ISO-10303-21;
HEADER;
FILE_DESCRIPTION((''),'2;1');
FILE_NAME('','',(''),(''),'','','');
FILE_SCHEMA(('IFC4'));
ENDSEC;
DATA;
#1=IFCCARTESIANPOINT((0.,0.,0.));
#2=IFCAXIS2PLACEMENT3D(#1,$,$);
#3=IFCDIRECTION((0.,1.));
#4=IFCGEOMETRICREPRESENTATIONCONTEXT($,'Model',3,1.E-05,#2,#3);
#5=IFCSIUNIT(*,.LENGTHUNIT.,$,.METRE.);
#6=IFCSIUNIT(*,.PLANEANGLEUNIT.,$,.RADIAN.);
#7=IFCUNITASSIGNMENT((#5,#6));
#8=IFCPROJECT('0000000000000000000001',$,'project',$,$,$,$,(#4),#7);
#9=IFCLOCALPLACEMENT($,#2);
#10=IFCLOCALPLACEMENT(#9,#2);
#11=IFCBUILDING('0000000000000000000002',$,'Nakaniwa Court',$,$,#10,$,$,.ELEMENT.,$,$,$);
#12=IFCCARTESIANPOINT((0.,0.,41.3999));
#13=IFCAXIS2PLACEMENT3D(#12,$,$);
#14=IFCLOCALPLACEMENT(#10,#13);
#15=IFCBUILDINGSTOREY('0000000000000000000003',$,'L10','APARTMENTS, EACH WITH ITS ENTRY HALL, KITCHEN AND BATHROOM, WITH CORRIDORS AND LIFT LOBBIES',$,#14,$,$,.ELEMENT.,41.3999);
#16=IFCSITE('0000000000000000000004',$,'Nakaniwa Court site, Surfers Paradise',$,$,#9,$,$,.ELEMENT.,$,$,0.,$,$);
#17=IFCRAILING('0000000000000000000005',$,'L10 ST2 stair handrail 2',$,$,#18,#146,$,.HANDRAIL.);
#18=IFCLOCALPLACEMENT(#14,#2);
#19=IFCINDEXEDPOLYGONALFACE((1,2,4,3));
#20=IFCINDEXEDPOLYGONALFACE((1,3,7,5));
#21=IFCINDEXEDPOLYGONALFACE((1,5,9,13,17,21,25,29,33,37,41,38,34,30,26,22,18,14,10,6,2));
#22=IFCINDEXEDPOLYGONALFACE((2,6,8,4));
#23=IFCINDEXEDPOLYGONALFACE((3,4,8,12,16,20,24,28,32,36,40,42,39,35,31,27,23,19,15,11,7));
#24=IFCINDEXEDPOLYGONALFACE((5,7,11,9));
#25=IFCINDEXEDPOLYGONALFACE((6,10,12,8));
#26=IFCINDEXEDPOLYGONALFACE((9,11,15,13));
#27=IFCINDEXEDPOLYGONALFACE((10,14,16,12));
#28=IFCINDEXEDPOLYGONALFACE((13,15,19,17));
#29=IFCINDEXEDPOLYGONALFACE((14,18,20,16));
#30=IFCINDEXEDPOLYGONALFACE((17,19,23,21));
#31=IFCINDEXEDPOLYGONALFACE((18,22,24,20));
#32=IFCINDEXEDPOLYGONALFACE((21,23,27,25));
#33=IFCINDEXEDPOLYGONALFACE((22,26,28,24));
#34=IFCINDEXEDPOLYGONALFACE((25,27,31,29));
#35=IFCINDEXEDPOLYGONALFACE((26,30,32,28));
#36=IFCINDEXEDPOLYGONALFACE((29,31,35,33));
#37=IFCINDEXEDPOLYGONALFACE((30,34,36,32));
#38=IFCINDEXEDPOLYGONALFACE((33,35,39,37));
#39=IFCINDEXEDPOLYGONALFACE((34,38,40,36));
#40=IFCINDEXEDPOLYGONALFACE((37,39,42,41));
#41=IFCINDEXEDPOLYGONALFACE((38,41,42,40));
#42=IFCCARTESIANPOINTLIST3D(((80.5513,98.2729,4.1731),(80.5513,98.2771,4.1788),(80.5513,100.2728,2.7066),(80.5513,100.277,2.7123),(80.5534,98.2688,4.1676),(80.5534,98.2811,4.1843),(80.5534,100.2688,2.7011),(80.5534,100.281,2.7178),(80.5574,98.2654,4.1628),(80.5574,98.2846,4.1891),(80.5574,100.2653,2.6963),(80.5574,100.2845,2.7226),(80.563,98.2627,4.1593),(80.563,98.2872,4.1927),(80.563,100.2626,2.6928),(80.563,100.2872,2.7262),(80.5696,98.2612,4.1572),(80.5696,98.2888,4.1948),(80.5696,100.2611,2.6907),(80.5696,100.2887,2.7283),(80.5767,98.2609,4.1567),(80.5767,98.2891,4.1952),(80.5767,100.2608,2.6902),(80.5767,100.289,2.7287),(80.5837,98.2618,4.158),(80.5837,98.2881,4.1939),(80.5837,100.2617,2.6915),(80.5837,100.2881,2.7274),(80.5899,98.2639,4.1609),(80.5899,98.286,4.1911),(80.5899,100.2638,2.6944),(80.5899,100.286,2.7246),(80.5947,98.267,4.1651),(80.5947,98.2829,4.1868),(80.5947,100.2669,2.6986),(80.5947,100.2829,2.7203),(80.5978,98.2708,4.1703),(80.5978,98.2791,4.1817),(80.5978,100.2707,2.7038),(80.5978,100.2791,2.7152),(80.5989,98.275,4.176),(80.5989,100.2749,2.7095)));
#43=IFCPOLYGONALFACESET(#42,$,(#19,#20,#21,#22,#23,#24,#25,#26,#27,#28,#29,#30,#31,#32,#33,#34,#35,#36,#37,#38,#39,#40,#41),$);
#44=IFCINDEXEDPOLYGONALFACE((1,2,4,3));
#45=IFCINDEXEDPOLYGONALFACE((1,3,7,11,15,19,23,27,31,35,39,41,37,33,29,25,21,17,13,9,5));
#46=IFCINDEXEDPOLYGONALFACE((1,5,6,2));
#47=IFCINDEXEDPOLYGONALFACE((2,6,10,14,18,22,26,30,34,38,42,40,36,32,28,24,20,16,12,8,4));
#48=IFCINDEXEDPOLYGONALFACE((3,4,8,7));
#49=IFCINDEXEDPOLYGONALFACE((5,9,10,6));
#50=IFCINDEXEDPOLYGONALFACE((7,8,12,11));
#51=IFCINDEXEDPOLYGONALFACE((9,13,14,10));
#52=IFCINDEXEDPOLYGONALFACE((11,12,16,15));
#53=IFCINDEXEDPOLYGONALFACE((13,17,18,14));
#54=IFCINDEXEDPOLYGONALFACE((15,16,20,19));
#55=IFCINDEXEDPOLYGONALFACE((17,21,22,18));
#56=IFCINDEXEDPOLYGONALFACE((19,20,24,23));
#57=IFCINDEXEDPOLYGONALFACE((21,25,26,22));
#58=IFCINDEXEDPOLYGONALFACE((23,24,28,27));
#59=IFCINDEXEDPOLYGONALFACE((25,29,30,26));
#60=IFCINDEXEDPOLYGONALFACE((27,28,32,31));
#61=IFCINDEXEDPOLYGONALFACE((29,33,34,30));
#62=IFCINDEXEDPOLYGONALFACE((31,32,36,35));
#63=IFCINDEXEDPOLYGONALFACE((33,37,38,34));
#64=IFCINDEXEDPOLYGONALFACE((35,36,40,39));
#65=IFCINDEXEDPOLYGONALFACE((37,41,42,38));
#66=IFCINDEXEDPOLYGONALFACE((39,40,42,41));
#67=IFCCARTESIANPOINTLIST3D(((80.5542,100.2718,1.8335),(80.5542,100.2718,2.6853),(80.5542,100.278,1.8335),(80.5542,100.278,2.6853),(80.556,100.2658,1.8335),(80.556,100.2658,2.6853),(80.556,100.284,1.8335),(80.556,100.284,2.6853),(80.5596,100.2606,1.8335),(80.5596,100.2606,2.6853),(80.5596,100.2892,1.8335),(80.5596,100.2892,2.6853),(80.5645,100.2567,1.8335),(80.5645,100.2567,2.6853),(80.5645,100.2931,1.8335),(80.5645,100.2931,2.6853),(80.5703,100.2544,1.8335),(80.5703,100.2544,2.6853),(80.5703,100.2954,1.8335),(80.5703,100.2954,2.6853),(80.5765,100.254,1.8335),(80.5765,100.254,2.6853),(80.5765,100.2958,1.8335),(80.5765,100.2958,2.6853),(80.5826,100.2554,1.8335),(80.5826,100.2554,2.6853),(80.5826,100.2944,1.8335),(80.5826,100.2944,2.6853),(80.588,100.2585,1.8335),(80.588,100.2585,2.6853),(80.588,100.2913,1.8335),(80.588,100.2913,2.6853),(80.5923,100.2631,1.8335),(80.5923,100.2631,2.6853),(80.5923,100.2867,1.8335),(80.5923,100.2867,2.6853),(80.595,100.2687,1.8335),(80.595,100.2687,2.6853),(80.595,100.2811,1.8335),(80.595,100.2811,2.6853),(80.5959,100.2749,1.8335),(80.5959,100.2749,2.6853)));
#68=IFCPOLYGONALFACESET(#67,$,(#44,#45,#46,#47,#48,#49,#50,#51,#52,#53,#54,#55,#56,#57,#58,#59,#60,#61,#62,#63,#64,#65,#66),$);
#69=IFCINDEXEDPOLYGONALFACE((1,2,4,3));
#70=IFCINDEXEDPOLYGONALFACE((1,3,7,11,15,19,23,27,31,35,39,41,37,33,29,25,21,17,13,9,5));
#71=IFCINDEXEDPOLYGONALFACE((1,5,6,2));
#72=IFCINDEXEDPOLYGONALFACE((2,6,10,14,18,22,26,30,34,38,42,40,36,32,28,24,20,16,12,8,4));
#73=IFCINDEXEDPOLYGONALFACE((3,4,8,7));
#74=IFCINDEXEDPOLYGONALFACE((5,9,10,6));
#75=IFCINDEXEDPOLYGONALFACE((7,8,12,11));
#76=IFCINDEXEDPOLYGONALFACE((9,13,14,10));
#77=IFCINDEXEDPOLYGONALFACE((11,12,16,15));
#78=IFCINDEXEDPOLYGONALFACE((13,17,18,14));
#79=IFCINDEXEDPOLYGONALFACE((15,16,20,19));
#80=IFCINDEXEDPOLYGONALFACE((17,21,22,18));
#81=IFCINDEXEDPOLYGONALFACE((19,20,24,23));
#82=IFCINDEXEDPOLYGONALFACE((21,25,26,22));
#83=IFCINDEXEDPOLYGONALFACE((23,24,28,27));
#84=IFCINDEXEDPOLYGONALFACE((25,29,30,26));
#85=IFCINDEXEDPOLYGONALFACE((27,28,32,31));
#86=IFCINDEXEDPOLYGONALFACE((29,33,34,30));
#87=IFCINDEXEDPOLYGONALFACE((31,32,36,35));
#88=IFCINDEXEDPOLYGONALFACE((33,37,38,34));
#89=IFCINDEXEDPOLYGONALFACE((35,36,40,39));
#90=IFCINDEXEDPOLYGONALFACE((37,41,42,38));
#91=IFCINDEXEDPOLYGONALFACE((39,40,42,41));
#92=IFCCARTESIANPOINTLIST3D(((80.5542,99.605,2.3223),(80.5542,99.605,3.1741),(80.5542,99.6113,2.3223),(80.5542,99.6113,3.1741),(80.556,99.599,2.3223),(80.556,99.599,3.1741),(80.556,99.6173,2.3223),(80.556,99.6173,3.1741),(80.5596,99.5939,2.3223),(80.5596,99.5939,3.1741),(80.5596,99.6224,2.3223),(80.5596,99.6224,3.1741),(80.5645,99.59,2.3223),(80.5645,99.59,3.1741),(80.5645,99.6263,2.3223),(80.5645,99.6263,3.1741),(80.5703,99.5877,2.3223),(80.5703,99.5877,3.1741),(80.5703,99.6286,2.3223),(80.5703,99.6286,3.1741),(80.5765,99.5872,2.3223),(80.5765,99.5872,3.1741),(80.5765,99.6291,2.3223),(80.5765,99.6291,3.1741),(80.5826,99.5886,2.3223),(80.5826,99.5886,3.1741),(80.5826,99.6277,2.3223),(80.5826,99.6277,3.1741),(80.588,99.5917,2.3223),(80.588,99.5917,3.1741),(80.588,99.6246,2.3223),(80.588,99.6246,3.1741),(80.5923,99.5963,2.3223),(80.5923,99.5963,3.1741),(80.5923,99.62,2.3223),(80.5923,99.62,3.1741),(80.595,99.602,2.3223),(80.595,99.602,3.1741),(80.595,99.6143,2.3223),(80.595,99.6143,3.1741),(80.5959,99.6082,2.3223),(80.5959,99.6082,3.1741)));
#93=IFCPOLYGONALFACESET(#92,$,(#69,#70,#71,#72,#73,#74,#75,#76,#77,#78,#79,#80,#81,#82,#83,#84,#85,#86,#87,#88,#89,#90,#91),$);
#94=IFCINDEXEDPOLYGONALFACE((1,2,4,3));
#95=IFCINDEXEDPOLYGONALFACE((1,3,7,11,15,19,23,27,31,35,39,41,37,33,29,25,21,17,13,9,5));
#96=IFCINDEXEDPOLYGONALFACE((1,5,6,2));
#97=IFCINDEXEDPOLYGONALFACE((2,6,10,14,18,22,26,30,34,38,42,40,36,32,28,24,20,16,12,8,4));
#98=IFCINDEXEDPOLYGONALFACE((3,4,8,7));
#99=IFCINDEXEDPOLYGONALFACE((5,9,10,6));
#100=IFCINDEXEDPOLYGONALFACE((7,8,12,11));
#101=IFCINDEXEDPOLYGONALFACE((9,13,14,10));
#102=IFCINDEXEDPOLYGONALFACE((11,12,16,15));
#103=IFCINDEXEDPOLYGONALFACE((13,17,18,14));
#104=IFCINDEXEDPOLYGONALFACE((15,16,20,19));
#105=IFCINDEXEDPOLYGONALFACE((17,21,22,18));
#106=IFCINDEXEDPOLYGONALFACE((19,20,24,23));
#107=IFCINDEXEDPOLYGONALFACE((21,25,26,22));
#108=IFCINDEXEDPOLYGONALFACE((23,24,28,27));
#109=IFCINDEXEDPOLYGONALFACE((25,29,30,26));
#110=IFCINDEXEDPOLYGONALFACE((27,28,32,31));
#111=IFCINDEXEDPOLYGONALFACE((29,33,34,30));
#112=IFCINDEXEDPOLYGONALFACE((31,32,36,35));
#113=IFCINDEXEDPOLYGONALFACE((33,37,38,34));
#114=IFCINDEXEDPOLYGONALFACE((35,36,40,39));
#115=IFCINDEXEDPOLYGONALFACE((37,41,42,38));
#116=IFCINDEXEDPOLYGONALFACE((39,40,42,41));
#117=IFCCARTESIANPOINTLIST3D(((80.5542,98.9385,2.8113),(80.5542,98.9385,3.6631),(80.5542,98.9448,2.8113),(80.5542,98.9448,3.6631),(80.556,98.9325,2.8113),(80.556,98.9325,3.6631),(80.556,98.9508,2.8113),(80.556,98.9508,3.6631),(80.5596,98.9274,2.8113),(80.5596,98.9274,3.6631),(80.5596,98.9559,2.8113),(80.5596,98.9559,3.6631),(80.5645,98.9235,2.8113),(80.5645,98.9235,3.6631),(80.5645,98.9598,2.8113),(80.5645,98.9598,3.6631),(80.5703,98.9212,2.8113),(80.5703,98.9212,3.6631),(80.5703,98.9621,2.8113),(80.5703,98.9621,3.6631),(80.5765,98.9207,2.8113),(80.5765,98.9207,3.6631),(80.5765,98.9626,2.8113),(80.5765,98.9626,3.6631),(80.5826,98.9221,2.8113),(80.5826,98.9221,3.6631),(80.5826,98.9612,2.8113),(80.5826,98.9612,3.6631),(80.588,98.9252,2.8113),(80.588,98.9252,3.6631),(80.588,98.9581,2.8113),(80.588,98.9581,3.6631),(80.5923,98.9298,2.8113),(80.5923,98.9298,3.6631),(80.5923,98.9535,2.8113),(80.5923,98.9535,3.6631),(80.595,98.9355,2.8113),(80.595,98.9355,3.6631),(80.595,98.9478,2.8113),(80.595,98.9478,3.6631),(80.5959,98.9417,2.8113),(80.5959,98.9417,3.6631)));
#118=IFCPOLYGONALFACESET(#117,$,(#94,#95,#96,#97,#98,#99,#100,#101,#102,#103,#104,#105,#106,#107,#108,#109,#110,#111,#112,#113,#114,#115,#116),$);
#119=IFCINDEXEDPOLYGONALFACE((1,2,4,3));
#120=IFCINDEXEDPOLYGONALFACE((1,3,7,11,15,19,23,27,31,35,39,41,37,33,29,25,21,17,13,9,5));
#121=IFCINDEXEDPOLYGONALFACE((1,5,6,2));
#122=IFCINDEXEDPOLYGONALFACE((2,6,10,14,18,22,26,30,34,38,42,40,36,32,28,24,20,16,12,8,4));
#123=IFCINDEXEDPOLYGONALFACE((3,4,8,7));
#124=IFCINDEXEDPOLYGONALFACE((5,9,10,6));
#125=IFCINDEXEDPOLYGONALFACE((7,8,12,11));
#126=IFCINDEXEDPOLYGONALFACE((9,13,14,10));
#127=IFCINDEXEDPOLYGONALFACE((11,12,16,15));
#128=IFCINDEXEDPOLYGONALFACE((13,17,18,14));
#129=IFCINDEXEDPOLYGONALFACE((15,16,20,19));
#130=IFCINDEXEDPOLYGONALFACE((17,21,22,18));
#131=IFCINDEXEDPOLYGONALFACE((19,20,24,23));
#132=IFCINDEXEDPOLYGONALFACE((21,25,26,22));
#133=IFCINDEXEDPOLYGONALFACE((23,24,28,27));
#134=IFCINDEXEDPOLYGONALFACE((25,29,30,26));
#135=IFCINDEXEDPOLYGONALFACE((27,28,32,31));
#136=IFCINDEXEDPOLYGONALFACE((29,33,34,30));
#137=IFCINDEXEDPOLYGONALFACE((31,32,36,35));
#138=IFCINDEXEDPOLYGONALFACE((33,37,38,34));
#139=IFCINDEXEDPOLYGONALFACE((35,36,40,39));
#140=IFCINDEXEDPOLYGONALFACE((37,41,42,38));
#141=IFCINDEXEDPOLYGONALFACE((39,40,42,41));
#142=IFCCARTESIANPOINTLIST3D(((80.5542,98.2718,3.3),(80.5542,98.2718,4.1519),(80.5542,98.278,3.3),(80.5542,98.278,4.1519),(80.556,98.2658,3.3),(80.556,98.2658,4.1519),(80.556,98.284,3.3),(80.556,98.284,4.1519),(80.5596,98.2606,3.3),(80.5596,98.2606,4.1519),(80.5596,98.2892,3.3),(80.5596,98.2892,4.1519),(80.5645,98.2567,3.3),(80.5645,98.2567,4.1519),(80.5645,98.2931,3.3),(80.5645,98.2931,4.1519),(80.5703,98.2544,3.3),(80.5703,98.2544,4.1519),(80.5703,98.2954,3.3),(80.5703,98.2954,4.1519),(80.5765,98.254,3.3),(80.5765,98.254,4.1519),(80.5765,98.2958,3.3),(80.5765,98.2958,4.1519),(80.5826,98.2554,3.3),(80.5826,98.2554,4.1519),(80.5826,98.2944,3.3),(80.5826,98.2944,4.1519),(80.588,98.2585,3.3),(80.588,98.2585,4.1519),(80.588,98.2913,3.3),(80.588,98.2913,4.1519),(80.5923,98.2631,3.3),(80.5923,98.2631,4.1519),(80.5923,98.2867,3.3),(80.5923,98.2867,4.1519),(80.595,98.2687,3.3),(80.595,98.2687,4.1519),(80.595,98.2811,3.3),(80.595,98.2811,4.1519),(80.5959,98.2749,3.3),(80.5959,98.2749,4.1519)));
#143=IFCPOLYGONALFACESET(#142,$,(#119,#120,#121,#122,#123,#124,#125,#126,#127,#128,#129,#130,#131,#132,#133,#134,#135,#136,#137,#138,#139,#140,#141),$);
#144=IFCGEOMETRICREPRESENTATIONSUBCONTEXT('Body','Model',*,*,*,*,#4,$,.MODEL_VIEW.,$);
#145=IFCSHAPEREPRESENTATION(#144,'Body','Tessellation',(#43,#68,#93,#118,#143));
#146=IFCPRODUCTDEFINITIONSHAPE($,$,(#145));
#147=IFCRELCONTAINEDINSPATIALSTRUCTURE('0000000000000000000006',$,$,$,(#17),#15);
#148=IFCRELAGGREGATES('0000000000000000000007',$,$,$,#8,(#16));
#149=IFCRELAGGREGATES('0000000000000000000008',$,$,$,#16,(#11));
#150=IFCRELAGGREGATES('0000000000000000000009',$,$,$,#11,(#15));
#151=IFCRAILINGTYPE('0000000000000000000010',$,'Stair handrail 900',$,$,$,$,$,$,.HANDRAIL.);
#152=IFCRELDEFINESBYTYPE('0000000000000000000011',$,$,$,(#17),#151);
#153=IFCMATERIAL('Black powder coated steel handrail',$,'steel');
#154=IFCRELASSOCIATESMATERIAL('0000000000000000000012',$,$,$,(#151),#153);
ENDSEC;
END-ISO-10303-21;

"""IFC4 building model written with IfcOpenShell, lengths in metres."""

from ifc_helpers import new_model, si_unit, direction, frame, origin, origin_2d, place, context, subcontext, project, spatial, circle, extrude, material, type_object, element, save


model = new_model("IFC4")

# Units and contexts
model_context = context("Model", 3, precision=1e-05, world=origin(), true_north=direction((0.0, 1.0)))
body_context = subcontext(model_context, "Body", "Model", "MODEL_VIEW")
ifc_project = project(units=[si_unit("LENGTHUNIT", "METRE"), si_unit("PLANEANGLEUNIT", "RADIAN")], contexts=[model_context])

# Site, building, storey
site_placement = place(None, origin())
site = spatial("IfcSite", under=ifc_project, at=site_placement, Name="Nakaniwa Court site, Surfers Paradise", CompositionType="ELEMENT", RefElevation=0.0)
building_placement = place(site_placement, origin())
building = spatial("IfcBuilding", under=site, at=building_placement, Name="Nakaniwa Court", CompositionType="ELEMENT")
storey_placement = place(building_placement, frame((0.0, 0.0, 41.3999)))
storey = spatial("IfcBuildingStorey", under=building, at=storey_placement, Name="L10", Description="APARTMENTS, EACH WITH ITS ENTRY HALL, KITCHEN AND BATHROOM, WITH CORRIDORS AND LIFT LOBBIES", CompositionType="ELEMENT", Elevation=41.3999)

# Railing
ifc_material_1 = material(Name="Black powder coated steel handrail", Category="steel")
railing_type_1 = type_object("IfcRailingType", Name="Stair handrail 900", PredefinedType="HANDRAIL", material=ifc_material_1)
railing_1_placement = place(storey_placement, frame((80.575, 100.2749, 1.8335)))
element("IfcRailing", 1, at=railing_1_placement, inside=storey, type_object=railing_type_1, Name="L10 ST2 stair handrail 2", PredefinedType="HANDRAIL", context=body_context, shape_type="SweptSolid", body=[
    extrude(circle(Radius=0.0239, at=origin_2d()), frame((0.0, 0.0, 0.876), z_axis=(0.0, -0.806427, 0.591334), x_axis=(1.0, 0.0, 0.0)), (0.0, 0.0, 1.0), 2.48),
    extrude(circle(Radius=0.021, at=origin_2d()), origin(), (0.0, 0.0, 1.0), 0.8518),
    extrude(circle(Radius=0.021, at=origin_2d()), frame((0.0, -0.6667, 0.4888)), (0.0, 0.0, 1.0), 0.8518),
    extrude(circle(Radius=0.021, at=origin_2d()), frame((0.0, -1.3333, 0.9778)), (0.0, 0.0, 1.0), 0.8518),
    extrude(circle(Radius=0.021, at=origin_2d()), frame((0.0, -2.0, 1.4666)), (0.0, 0.0, 1.0), 0.8518),
])

save(model, "model.ifc")
